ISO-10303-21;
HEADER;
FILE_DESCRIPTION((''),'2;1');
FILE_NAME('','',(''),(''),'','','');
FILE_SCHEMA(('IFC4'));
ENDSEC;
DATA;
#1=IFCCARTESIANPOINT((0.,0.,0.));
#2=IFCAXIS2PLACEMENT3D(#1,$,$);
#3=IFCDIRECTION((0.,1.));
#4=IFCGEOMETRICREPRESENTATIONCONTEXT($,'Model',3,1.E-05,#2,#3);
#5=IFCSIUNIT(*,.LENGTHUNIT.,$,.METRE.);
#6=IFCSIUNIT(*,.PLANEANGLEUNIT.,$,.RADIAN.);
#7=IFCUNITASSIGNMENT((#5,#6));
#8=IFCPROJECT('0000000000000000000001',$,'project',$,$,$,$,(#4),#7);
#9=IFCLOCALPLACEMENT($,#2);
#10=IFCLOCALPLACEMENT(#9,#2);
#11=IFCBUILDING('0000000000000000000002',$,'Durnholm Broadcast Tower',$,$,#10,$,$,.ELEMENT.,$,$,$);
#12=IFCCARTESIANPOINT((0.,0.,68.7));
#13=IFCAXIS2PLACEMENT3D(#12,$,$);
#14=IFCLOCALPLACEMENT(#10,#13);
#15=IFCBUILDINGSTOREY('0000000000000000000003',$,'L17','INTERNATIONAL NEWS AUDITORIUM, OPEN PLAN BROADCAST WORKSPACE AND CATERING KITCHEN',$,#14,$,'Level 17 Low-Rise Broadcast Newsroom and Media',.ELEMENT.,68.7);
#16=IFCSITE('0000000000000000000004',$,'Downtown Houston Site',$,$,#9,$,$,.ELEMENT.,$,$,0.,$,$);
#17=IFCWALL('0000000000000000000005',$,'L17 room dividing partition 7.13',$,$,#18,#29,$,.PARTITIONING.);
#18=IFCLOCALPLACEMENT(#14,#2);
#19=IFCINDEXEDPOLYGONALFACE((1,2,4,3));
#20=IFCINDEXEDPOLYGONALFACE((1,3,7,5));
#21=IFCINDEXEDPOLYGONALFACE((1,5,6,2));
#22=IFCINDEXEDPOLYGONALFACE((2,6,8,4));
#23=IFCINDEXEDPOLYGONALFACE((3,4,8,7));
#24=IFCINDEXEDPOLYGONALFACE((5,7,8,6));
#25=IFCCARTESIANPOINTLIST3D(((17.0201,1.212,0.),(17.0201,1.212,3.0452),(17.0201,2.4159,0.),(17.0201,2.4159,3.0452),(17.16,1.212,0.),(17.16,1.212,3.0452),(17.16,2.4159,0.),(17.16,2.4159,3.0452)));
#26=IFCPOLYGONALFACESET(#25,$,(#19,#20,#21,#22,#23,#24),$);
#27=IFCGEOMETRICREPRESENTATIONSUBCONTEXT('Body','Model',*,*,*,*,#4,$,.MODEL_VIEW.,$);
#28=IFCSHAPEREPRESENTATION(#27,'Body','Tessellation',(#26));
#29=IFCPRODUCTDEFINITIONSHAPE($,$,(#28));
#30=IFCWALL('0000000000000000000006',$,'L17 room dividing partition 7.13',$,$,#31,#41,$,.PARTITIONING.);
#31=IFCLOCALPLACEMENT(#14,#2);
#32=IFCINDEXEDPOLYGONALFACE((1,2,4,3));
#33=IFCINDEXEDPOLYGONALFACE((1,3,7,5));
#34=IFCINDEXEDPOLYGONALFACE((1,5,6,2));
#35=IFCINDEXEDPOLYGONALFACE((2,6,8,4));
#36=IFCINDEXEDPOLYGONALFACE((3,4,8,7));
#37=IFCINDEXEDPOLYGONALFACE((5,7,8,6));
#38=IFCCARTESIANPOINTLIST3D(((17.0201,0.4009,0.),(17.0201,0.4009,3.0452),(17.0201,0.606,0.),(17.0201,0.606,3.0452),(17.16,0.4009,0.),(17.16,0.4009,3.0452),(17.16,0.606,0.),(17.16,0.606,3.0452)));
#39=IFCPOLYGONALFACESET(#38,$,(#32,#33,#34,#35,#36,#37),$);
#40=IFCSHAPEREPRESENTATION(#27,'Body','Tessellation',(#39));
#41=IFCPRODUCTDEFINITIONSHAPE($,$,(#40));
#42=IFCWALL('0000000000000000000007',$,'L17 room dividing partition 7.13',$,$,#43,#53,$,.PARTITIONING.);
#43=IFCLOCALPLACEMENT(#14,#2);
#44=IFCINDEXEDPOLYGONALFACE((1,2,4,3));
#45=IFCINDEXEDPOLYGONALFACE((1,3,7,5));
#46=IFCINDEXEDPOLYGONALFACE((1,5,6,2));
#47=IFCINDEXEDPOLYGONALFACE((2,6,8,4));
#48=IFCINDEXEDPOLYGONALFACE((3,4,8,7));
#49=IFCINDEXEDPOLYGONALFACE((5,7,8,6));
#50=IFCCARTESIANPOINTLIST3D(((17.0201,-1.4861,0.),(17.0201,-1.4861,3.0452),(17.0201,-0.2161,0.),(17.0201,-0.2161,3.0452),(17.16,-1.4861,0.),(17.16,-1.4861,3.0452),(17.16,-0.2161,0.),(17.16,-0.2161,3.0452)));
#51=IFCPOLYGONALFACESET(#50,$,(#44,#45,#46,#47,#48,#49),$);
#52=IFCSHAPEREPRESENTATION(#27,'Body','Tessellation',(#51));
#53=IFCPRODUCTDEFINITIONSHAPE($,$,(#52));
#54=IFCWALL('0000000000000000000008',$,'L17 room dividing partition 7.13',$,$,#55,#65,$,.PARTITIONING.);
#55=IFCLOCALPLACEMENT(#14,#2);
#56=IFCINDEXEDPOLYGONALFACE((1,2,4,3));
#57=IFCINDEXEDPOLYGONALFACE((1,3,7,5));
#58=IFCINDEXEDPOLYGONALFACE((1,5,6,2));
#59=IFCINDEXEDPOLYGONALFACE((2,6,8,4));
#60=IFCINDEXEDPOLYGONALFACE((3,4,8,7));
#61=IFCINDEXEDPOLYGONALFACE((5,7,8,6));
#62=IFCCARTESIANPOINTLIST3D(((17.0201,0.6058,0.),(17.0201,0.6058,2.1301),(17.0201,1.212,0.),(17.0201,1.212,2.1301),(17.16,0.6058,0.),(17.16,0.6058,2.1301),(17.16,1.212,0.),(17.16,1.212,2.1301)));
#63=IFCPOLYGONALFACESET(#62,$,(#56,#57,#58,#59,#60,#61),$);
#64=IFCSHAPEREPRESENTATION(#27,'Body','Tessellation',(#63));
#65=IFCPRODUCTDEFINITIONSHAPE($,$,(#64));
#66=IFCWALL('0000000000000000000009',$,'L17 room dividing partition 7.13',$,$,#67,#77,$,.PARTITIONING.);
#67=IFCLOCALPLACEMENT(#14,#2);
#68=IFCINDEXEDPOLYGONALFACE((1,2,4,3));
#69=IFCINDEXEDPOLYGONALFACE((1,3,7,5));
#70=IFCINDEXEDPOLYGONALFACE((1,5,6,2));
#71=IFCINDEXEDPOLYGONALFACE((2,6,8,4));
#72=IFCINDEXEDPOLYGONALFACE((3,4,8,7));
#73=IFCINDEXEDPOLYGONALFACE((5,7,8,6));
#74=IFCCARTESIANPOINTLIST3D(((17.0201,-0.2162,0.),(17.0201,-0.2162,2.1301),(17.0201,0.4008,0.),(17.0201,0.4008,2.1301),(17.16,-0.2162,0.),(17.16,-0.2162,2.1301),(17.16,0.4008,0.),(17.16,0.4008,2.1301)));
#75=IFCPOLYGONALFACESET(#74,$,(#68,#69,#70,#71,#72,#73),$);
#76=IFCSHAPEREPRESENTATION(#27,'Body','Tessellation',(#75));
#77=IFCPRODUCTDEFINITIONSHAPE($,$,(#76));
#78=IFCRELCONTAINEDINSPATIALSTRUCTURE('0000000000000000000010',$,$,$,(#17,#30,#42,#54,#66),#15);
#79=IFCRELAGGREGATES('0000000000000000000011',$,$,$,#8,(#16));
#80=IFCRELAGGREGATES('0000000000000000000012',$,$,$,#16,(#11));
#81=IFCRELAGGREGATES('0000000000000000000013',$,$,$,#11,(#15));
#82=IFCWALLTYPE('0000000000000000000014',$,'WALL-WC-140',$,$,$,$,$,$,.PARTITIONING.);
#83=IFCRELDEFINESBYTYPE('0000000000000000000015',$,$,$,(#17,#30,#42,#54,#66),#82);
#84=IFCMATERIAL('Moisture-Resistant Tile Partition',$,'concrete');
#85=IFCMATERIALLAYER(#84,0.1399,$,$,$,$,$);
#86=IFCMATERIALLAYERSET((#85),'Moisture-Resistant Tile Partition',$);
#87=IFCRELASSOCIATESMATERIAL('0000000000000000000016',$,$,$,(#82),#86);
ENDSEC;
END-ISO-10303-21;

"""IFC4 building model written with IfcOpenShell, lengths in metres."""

from ifc_helpers import new_model, si_unit, direction, frame, frame_2d, origin, place, context, subcontext, project, spatial, rectangle, extrude, material, layer, layer_set, type_object, element, save


model = new_model("IFC4")

# Units and contexts
model_context = context("Model", 3, precision=1e-05, world=origin(), true_north=direction((0.0, 1.0)))
body_context = subcontext(model_context, "Body", "Model", "MODEL_VIEW")
ifc_project = project(units=[si_unit("LENGTHUNIT", "METRE"), si_unit("PLANEANGLEUNIT", "RADIAN")], contexts=[model_context])

# Site, building, storey
site_placement = place(None, origin())
site = spatial("IfcSite", under=ifc_project, at=site_placement, Name="Downtown Houston Site", CompositionType="ELEMENT", RefElevation=0.0)
building_placement = place(site_placement, origin())
building = spatial("IfcBuilding", under=site, at=building_placement, Name="Durnholm Broadcast Tower", CompositionType="ELEMENT")
storey_placement = place(building_placement, frame((0.0, 0.0, 68.7)))
storey = spatial("IfcBuildingStorey", under=building, at=storey_placement, Name="L17", Description="INTERNATIONAL NEWS AUDITORIUM, OPEN PLAN BROADCAST WORKSPACE AND CATERING KITCHEN", LongName="Level 17 Low-Rise Broadcast Newsroom and Media", CompositionType="ELEMENT", Elevation=68.7)

# Walls
ifc_material_1 = material(Name="Moisture-Resistant Tile Partition", Category="concrete")
ifc_layer_1 = layer(ifc_material_1, 0.1399)
ifc_layer_set_1 = layer_set([ifc_layer_1], Name="Moisture-Resistant Tile Partition")
wall_type_1 = type_object("IfcWallType", Name="WALL-WC-140", PredefinedType="PARTITIONING", material=ifc_layer_set_1)
wall_1_placement = place(storey_placement, frame((17.0901, 2.416, 0.0), z_axis=(0.0, 0.0, 1.0), x_axis=(0.0, -1.0, 0.0)))
element("IfcWall", 1, at=wall_1_placement, inside=storey, type_object=wall_type_1, Name="L17 room dividing partition 7.13", PredefinedType="PARTITIONING", context=body_context, shape_type="SweptSolid", body=[
    extrude(rectangle(XDim=1.2039, YDim=0.1399, at=frame_2d((0.6021, 0.0))), origin(), (0.0, 0.0, 1.0), 3.0452),
])
wall_2_placement = place(storey_placement, frame((17.0901, 0.606, 0.0), z_axis=(0.0, 0.0, 1.0), x_axis=(0.0, -1.0, 0.0)))
element("IfcWall", 2, at=wall_2_placement, inside=storey, type_object=wall_type_1, Name="L17 room dividing partition 7.13", PredefinedType="PARTITIONING", context=body_context, shape_type="SweptSolid", body=[
    extrude(rectangle(XDim=0.2051, YDim=0.1399, at=frame_2d((0.1025, 0.0))), origin(), (0.0, 0.0, 1.0), 3.0452),
])
wall_3_placement = place(storey_placement, frame((17.0901, -0.2161, 0.0), z_axis=(0.0, 0.0, 1.0), x_axis=(0.0, -1.0, 0.0)))
element("IfcWall", 3, at=wall_3_placement, inside=storey, type_object=wall_type_1, Name="L17 room dividing partition 7.13", PredefinedType="PARTITIONING", context=body_context, shape_type="SweptSolid", body=[
    extrude(rectangle(XDim=1.27, YDim=0.1399, at=frame_2d((0.635, 0.0))), origin(), (0.0, 0.0, 1.0), 3.0452),
])
wall_4_placement = place(storey_placement, frame((17.0901, 1.2122, 0.0), z_axis=(0.0, 0.0, 1.0), x_axis=(0.0, -1.0, 0.0)))
element("IfcWall", 4, at=wall_4_placement, inside=storey, type_object=wall_type_1, Name="L17 room dividing partition 7.13", PredefinedType="PARTITIONING", context=body_context, shape_type="SweptSolid", body=[
    extrude(rectangle(XDim=0.6062, YDim=0.1399, at=frame_2d((0.3032, 0.0))), origin(), (0.0, 0.0, 1.0), 2.1301),
])
wall_5_placement = place(storey_placement, frame((17.0901, 0.4009, 0.0), z_axis=(0.0, 0.0, 1.0), x_axis=(0.0, -1.0, 0.0)))
element("IfcWall", 5, at=wall_5_placement, inside=storey, type_object=wall_type_1, Name="L17 room dividing partition 7.13", PredefinedType="PARTITIONING", context=body_context, shape_type="SweptSolid", body=[
    extrude(rectangle(XDim=0.6169, YDim=0.1399, at=frame_2d((0.3086, 0.0))), origin(), (0.0, 0.0, 1.0), 2.1301),
])

save(model, "model.ifc")
